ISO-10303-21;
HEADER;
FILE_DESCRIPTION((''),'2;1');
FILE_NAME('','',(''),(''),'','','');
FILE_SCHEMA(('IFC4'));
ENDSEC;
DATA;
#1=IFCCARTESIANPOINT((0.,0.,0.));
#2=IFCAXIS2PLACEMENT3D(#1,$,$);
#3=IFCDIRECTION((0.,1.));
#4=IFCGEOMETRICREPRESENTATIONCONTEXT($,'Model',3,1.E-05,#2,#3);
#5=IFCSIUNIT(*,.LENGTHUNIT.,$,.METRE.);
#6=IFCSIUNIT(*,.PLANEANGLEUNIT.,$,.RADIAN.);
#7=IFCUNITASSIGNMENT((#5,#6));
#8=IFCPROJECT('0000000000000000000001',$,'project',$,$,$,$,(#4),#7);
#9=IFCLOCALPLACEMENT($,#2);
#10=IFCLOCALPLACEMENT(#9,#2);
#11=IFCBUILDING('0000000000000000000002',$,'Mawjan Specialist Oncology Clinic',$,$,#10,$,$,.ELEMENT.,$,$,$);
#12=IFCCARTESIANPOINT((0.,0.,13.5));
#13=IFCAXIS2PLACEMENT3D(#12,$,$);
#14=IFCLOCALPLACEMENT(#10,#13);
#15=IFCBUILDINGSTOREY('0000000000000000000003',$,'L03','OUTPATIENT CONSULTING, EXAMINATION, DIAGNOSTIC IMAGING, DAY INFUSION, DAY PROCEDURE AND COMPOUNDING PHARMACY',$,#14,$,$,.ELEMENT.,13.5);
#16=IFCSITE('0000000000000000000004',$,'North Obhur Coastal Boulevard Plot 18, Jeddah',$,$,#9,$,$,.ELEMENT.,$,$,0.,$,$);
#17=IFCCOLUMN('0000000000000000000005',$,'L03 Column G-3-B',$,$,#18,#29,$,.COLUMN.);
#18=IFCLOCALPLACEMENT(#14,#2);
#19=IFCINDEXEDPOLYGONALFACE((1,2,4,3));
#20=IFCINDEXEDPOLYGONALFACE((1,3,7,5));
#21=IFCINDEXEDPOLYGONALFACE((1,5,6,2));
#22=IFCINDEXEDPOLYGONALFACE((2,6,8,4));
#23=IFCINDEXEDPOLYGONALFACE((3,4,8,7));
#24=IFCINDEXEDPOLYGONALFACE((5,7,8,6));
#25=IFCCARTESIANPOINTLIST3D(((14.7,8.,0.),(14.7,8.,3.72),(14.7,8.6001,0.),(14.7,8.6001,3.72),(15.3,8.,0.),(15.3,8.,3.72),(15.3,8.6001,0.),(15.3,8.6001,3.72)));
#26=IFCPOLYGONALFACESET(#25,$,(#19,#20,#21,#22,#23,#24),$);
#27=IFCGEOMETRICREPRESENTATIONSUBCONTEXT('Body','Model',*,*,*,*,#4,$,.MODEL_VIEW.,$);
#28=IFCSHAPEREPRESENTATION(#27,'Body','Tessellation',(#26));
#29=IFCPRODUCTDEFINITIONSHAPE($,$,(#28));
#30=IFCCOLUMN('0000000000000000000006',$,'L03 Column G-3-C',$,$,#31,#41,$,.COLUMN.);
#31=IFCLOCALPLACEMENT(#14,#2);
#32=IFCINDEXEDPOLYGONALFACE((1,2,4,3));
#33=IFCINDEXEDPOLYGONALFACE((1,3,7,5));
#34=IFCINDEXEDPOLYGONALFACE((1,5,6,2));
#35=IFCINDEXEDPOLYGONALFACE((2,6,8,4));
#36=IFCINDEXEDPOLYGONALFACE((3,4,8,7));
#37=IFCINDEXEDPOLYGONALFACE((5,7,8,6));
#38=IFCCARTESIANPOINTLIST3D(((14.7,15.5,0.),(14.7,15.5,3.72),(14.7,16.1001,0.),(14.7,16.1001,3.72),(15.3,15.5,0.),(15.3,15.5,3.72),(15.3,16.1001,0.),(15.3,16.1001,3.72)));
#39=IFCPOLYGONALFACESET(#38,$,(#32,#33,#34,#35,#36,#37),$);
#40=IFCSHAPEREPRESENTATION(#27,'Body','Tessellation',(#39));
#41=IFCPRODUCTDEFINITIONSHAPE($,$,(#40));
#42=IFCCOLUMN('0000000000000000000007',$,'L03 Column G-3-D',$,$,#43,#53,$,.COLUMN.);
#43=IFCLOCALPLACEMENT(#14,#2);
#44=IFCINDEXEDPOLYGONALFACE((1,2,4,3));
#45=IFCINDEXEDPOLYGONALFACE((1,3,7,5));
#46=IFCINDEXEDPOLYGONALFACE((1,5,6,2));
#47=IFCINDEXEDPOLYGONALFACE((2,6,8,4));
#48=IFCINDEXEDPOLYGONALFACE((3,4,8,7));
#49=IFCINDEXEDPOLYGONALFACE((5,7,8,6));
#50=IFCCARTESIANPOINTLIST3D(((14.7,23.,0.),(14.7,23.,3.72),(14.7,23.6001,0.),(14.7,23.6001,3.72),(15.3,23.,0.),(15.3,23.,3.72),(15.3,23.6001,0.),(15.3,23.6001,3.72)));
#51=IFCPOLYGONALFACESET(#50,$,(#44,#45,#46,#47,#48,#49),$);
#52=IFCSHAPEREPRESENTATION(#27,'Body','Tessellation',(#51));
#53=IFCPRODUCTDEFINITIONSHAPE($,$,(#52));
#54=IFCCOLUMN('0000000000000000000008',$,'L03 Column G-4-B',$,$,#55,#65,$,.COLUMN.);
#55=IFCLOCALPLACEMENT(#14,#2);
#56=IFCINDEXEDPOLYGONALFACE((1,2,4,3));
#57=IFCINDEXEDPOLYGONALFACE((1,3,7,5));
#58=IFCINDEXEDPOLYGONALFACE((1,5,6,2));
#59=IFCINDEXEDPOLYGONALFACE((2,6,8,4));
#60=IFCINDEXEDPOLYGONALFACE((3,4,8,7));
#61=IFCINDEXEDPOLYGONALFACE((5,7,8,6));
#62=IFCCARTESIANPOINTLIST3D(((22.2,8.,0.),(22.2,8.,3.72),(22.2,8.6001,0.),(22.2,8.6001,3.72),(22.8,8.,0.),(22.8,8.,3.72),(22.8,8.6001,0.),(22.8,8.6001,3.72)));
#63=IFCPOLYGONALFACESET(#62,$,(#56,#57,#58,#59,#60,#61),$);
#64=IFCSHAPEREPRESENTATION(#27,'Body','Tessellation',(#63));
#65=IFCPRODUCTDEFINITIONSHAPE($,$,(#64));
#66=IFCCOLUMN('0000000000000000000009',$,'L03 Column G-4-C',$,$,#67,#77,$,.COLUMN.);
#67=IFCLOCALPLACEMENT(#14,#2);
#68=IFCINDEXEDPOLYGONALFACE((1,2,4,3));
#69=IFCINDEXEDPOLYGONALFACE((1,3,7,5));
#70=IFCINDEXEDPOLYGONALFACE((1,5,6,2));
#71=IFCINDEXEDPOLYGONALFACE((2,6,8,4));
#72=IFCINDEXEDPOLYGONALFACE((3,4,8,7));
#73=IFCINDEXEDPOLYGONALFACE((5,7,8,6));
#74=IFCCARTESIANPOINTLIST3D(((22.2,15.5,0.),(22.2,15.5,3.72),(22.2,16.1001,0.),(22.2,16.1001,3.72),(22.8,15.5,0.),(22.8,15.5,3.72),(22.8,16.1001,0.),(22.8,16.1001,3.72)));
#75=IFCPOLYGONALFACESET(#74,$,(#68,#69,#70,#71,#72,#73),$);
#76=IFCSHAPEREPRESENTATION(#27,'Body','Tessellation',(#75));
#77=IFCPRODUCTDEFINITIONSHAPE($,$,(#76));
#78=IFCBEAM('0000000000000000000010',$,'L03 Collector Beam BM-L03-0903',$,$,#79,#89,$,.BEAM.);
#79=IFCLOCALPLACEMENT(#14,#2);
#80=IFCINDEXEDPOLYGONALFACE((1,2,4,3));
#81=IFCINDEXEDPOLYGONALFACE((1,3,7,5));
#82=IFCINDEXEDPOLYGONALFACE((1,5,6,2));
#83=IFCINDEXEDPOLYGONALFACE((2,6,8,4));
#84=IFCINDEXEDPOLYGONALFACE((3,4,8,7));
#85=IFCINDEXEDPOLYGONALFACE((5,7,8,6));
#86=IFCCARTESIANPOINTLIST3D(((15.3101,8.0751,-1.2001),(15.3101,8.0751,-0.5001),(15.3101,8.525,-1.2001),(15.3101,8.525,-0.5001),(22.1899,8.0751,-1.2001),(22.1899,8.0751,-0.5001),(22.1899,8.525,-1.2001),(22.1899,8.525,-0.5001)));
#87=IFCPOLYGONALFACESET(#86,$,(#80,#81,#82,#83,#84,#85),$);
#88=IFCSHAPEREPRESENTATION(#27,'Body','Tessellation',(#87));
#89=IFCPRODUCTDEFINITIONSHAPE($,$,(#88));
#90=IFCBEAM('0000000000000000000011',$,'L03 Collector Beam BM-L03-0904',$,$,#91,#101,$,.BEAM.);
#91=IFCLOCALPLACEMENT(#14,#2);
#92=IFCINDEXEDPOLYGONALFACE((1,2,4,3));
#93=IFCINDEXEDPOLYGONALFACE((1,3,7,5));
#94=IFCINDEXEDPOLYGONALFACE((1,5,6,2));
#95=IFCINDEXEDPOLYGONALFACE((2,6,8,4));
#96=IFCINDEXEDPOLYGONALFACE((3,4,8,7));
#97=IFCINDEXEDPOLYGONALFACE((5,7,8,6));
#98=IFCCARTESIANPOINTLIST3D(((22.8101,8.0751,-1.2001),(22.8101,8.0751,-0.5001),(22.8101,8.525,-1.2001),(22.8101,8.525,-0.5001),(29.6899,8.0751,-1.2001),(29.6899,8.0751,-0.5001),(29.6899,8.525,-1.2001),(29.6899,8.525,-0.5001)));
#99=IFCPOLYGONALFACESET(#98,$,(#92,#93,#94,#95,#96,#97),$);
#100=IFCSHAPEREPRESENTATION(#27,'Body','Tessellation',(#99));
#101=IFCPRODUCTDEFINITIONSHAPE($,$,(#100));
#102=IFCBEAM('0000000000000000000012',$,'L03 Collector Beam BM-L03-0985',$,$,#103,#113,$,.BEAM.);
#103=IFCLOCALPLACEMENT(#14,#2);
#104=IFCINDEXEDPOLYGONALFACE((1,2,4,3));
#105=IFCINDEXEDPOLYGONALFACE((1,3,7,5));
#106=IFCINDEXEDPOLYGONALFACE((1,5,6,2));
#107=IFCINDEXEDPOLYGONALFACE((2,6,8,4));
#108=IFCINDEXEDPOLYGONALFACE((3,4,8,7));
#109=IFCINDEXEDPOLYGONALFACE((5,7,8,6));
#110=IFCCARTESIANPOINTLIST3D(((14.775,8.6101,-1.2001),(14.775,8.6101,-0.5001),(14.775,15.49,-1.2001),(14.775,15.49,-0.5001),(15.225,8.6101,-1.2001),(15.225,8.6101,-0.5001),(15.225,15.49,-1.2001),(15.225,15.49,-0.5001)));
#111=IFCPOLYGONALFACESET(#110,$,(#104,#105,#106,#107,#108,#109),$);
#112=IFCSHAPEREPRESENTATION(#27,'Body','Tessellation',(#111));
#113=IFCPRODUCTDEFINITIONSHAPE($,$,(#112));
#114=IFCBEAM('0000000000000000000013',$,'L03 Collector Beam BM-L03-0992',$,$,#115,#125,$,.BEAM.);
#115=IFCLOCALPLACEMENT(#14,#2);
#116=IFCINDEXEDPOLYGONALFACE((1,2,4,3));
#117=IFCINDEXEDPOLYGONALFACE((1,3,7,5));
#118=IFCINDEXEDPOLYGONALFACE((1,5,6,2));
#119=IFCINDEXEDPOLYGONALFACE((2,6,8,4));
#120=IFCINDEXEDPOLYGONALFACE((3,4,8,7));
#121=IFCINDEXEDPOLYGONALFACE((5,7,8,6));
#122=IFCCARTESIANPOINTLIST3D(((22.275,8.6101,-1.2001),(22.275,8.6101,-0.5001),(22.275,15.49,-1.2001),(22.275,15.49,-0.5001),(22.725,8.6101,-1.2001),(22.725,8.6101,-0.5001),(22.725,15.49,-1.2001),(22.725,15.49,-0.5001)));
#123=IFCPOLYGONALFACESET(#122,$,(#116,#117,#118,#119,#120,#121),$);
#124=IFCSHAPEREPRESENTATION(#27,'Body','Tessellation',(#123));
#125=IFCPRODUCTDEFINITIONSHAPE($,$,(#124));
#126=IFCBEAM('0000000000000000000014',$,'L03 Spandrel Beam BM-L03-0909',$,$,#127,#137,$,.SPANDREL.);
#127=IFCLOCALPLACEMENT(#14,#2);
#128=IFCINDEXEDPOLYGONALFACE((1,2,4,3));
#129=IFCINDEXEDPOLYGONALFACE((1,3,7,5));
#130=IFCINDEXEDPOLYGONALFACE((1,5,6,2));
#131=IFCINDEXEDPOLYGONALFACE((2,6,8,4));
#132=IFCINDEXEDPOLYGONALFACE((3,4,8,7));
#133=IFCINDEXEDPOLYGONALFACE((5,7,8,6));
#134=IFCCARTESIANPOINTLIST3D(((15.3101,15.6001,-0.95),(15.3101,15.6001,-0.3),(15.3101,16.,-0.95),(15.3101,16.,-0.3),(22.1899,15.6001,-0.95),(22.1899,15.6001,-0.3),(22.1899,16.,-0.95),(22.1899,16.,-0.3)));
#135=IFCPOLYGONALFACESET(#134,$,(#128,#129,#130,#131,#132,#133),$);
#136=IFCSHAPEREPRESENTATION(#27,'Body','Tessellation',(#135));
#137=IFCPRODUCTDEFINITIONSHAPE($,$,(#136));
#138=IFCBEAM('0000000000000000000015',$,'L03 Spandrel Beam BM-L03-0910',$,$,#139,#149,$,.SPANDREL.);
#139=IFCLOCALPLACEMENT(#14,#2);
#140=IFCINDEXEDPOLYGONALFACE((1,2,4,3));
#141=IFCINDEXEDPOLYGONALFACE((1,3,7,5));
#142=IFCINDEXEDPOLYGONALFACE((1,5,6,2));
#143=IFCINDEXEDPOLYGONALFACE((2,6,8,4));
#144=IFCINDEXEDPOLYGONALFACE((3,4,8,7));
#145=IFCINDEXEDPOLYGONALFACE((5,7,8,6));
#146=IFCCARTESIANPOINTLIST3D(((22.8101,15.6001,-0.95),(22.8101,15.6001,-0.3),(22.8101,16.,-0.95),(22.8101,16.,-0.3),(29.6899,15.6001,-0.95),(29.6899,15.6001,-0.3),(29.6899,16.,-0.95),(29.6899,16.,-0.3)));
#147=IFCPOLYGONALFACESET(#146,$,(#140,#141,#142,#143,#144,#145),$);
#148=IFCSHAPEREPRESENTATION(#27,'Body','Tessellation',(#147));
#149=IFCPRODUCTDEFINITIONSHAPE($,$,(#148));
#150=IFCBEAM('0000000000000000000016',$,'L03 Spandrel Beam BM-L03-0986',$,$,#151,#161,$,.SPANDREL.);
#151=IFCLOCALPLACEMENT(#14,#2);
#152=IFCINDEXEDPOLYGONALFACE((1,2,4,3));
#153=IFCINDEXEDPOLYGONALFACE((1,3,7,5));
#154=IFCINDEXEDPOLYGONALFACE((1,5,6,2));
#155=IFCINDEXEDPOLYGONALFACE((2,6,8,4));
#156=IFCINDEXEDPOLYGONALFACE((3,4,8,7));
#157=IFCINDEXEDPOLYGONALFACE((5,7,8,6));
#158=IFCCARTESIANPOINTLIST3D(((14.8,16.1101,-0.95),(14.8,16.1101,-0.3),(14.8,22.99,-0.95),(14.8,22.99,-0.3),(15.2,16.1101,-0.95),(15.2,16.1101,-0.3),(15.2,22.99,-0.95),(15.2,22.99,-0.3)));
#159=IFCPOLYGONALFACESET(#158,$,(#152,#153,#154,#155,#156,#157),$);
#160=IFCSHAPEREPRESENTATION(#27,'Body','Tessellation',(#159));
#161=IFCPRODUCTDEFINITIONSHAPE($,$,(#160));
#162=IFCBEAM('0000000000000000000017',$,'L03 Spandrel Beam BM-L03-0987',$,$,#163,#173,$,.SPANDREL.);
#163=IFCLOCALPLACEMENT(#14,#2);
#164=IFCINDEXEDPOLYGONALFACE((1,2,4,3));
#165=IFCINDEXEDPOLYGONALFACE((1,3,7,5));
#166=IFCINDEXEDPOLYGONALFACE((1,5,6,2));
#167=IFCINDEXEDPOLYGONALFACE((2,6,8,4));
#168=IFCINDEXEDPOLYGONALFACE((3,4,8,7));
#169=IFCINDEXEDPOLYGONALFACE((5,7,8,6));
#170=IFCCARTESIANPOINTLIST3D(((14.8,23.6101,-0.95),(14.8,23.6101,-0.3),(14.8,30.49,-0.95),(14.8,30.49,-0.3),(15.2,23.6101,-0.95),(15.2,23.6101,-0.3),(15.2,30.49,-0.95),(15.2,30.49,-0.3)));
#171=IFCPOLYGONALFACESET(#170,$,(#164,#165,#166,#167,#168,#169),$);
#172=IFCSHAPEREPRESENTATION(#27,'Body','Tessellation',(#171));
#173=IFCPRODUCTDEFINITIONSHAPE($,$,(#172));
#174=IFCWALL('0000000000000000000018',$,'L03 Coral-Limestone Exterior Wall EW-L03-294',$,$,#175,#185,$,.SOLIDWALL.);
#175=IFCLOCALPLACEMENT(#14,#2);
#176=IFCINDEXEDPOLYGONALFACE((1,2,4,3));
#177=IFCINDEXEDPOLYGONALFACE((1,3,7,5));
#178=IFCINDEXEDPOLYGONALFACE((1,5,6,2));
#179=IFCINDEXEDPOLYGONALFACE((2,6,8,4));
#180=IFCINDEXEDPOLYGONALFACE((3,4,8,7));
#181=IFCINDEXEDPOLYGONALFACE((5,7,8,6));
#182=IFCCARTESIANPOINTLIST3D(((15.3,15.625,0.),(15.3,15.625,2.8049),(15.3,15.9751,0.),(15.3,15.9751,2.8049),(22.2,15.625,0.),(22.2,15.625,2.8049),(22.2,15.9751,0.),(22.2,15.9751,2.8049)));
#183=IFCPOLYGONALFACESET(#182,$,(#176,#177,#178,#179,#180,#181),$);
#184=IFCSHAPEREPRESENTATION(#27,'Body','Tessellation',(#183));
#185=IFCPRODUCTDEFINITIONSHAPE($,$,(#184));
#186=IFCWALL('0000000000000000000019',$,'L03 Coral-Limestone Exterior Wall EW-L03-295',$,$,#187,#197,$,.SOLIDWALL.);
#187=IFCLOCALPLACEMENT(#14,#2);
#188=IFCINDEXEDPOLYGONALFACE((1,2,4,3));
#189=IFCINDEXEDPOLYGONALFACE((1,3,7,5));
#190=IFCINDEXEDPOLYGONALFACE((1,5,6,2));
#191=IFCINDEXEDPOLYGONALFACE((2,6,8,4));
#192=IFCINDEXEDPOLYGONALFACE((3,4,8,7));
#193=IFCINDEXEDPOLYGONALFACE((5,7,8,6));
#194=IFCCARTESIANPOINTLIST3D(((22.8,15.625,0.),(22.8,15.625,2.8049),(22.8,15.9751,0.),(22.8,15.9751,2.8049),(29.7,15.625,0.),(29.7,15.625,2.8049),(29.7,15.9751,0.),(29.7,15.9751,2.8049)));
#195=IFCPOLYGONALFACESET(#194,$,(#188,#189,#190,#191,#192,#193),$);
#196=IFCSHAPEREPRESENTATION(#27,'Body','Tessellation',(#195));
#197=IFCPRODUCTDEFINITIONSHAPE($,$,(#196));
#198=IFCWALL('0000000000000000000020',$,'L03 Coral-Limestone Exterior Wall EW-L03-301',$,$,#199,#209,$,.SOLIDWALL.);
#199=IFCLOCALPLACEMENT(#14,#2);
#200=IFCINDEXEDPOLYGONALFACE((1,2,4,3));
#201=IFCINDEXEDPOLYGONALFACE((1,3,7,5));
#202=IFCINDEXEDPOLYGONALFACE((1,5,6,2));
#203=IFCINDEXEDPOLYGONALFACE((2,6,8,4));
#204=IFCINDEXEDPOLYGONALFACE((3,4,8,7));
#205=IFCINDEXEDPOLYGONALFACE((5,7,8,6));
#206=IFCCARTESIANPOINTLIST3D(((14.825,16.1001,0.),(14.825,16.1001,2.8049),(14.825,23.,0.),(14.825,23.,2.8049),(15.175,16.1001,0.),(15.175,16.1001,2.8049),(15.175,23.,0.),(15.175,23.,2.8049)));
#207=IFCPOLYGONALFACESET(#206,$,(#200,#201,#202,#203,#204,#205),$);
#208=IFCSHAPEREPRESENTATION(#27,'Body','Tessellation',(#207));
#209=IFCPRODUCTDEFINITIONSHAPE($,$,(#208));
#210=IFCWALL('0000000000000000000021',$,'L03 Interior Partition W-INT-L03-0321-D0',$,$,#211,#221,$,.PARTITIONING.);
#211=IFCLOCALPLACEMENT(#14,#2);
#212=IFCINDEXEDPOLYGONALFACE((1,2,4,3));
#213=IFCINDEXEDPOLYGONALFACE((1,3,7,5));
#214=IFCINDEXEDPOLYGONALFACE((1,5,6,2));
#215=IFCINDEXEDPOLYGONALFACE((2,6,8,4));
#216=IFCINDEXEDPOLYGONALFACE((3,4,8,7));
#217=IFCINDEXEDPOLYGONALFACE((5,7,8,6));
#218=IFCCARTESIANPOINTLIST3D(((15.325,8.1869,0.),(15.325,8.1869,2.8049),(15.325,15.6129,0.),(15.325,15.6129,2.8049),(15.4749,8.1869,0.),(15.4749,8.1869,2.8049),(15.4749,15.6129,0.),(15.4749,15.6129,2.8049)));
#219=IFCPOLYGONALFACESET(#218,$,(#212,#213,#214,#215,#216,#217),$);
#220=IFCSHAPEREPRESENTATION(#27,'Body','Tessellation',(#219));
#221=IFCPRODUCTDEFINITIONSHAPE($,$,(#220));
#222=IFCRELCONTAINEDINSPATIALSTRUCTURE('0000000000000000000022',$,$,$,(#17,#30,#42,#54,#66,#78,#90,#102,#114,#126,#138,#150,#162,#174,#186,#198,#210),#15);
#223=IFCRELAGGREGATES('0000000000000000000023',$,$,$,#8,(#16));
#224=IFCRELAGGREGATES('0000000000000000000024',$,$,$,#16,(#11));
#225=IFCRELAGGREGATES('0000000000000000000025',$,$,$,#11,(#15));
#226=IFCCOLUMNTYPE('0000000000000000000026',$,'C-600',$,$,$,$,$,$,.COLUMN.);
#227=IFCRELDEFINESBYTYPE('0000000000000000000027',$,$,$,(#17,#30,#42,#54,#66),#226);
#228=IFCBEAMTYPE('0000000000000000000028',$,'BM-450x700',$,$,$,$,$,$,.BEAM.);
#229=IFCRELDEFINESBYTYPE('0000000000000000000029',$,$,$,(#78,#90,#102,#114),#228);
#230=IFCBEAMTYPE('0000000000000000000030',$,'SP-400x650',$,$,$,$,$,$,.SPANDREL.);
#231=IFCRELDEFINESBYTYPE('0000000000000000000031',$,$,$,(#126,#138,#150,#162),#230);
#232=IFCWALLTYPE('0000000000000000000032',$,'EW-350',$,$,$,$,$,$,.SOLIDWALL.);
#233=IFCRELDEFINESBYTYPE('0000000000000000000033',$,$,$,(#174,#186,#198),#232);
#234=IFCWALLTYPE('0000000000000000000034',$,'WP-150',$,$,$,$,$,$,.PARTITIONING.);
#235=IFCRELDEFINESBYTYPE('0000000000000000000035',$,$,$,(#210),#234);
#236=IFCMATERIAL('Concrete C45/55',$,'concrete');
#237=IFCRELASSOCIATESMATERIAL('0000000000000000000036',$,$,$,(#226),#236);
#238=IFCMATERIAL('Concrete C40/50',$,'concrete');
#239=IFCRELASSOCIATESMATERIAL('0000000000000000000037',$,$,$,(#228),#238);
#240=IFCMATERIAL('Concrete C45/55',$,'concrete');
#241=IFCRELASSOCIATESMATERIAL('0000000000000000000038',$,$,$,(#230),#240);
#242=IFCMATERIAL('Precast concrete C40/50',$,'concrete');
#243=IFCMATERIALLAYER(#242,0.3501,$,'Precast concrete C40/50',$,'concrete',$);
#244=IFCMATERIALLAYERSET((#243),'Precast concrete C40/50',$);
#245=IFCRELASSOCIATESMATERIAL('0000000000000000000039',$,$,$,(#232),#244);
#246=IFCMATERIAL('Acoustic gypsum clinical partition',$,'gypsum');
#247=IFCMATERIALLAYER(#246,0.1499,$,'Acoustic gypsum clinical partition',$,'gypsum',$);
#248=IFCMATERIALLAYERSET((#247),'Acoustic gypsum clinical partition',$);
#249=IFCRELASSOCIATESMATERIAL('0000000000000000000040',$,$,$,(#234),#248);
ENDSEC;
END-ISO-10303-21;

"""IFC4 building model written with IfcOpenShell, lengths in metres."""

from ifc_helpers import new_model, si_unit, direction, frame, frame_2d, origin, origin_2d, place, context, subcontext, project, spatial, rectangle, extrude, material, layer, layer_set, material_profile, profile_set, type_object, element, save


model = new_model("IFC4")

# Units and contexts
model_context = context("Model", 3, precision=1e-05, world=origin(), true_north=direction((0.0, 1.0)))
body_context = subcontext(model_context, "Body", "Model", "MODEL_VIEW")
ifc_project = project(units=[si_unit("LENGTHUNIT", "METRE"), si_unit("PLANEANGLEUNIT", "RADIAN")], contexts=[model_context])

# Site, building, storey
site_placement = place(None, origin())
site = spatial("IfcSite", under=ifc_project, at=site_placement, Name="North Obhur Coastal Boulevard Plot 18, Jeddah", CompositionType="ELEMENT", RefElevation=0.0)
building_placement = place(site_placement, origin())
building = spatial("IfcBuilding", under=site, at=building_placement, Name="Mawjan Specialist Oncology Clinic", CompositionType="ELEMENT")
storey_placement = place(building_placement, frame((0.0, 0.0, 13.5)))
storey = spatial("IfcBuildingStorey", under=building, at=storey_placement, Name="L03", Description="OUTPATIENT CONSULTING, EXAMINATION, DIAGNOSTIC IMAGING, DAY INFUSION, DAY PROCEDURE AND COMPOUNDING PHARMACY", CompositionType="ELEMENT", Elevation=13.5)

# Columns
ifc_material_1 = material(Name="Concrete C45/55", Category="concrete")
ifc_material_profile_1 = material_profile(ifc_material_1, rectangle(XDim=0.6001, YDim=0.6001, at=origin_2d()), Name="RC COL 600x600", Category="concrete")
ifc_profile_set_1 = profile_set([ifc_material_profile_1], Name="Concrete C45/55")
column_type = type_object("IfcColumnType", Name="C-600", PredefinedType="COLUMN", material=ifc_profile_set_1)
for number, where, z_axis, x_axis, name in (
    (1, (15.0, 8.3, 0.0), (0.0, 0.0, 1.0), (1.0, 0.0, 0.0), "L03 Column G-3-B"),
    (2, (15.0, 15.8, 0.0), (0.0, 0.0, 1.0), (1.0, 0.0, 0.0), "L03 Column G-3-C"),
    (3, (15.0, 23.3, 0.0), (0.0, 0.0, 1.0), (1.0, 0.0, 0.0), "L03 Column G-3-D"),
    (4, (22.5, 8.3, 0.0), (0.0, 0.0, 1.0), (1.0, 0.0, 0.0), "L03 Column G-4-B"),
    (5, (22.5, 15.8, 0.0), (0.0, 0.0, 1.0), (1.0, 0.0, 0.0), "L03 Column G-4-C"),
):
    element("IfcColumn", number, at=place(storey_placement, frame(where, z_axis=z_axis, x_axis=x_axis)), inside=storey, type_object=column_type, Name=name, PredefinedType="COLUMN", context=body_context, shape_type="SweptSolid", body=[
        extrude(rectangle(XDim=0.6001, YDim=0.6001, at=origin_2d()), origin(), (0.0, 0.0, 1.0), 3.72),
    ])

# Beams
ifc_material_2 = material(Name="Concrete C40/50", Category="concrete")
ifc_material_profile_2 = material_profile(ifc_material_2, rectangle(XDim=0.45, YDim=0.7, at=origin_2d()), Name="RC BM 450x700", Category="concrete")
ifc_profile_set_2 = profile_set([ifc_material_profile_2], Name="Concrete C40/50")
beam_type_1 = type_object("IfcBeamType", Name="BM-450x700", PredefinedType="BEAM", material=ifc_profile_set_2)
for number, where, z_axis, x_axis, name in (
    (6, (15.3101, 8.3, -0.8501), (1.0, 0.0, 0.0), (0.0, 1.0, 0.0), "L03 Collector Beam BM-L03-0903"),
    (7, (22.8101, 8.3, -0.8501), (1.0, 0.0, 0.0), (0.0, 1.0, 0.0), "L03 Collector Beam BM-L03-0904"),
    (8, (15.0, 8.6101, -0.8501), (0.0, 1.0, 0.0), (-1.0, 0.0, 0.0), "L03 Collector Beam BM-L03-0985"),
    (9, (22.5, 8.6101, -0.8501), (0.0, 1.0, 0.0), (-1.0, 0.0, 0.0), "L03 Collector Beam BM-L03-0992"),
):
    element("IfcBeam", number, at=place(storey_placement, frame(where, z_axis=z_axis, x_axis=x_axis)), inside=storey, type_object=beam_type_1, Name=name, PredefinedType="BEAM", context=body_context, shape_type="SweptSolid", body=[
        extrude(rectangle(XDim=0.45, YDim=0.7, at=origin_2d()), origin(), (0.0, 0.0, 1.0), 6.8799),
    ])
ifc_material_3 = material(Name="Concrete C45/55", Category="concrete")
ifc_material_profile_3 = material_profile(ifc_material_3, rectangle(XDim=0.3999, YDim=0.6499, at=origin_2d()), Name="RC BM 400x650", Category="concrete")
ifc_profile_set_3 = profile_set([ifc_material_profile_3], Name="Concrete C45/55")
beam_type_2 = type_object("IfcBeamType", Name="SP-400x650", PredefinedType="SPANDREL", material=ifc_profile_set_3)
for number, where, z_axis, x_axis, name in (
    (10, (15.3101, 15.8, -0.625), (1.0, 0.0, 0.0), (0.0, 1.0, 0.0), "L03 Spandrel Beam BM-L03-0909"),
    (11, (22.8101, 15.8, -0.625), (1.0, 0.0, 0.0), (0.0, 1.0, 0.0), "L03 Spandrel Beam BM-L03-0910"),
    (12, (15.0, 16.1101, -0.625), (0.0, 1.0, 0.0), (-1.0, 0.0, 0.0), "L03 Spandrel Beam BM-L03-0986"),
    (13, (15.0, 23.6101, -0.625), (0.0, 1.0, 0.0), (-1.0, 0.0, 0.0), "L03 Spandrel Beam BM-L03-0987"),
):
    element("IfcBeam", number, at=place(storey_placement, frame(where, z_axis=z_axis, x_axis=x_axis)), inside=storey, type_object=beam_type_2, Name=name, PredefinedType="SPANDREL", context=body_context, shape_type="SweptSolid", body=[
        extrude(rectangle(XDim=0.3999, YDim=0.6499, at=origin_2d()), origin(), (0.0, 0.0, 1.0), 6.8799),
    ])

# Walls
ifc_material_4 = material(Name="Precast concrete C40/50", Category="concrete")
ifc_layer_1 = layer(ifc_material_4, 0.3501, Name="Precast concrete C40/50", Category="concrete")
ifc_layer_set_1 = layer_set([ifc_layer_1], Name="Precast concrete C40/50")
wall_type_1 = type_object("IfcWallType", Name="EW-350", PredefinedType="SOLIDWALL", material=ifc_layer_set_1)
for number, where, z_axis, x_axis, name in (
    (14, (15.3, 15.8, 0.0), (0.0, 0.0, 1.0), (1.0, 0.0, 0.0), "L03 Coral-Limestone Exterior Wall EW-L03-294"),
    (15, (22.8, 15.8, 0.0), (0.0, 0.0, 1.0), (1.0, 0.0, 0.0), "L03 Coral-Limestone Exterior Wall EW-L03-295"),
    (16, (15.0, 23.0, 0.0), (0.0, 0.0, 1.0), (0.0, -1.0, 0.0), "L03 Coral-Limestone Exterior Wall EW-L03-301"),
):
    element("IfcWall", number, at=place(storey_placement, frame(where, z_axis=z_axis, x_axis=x_axis)), inside=storey, type_object=wall_type_1, Name=name, PredefinedType="SOLIDWALL", context=body_context, shape_type="SweptSolid", body=[
        extrude(rectangle(XDim=6.8999, YDim=0.3501, at=frame_2d((3.45, 0.0))), origin(), (0.0, 0.0, 1.0), 2.8049),
    ])
ifc_material_5 = material(Name="Acoustic gypsum clinical partition", Category="gypsum")
ifc_layer_2 = layer(ifc_material_5, 0.1499, Name="Acoustic gypsum clinical partition", Category="gypsum")
ifc_layer_set_2 = layer_set([ifc_layer_2], Name="Acoustic gypsum clinical partition")
wall_type_2 = type_object("IfcWallType", Name="WP-150", PredefinedType="PARTITIONING", material=ifc_layer_set_2)
wall_1_placement = place(storey_placement, frame((15.3999, 8.187, 0.0), z_axis=(0.0, 0.0, 1.0), x_axis=(0.0, 1.0, 0.0)))
element("IfcWall", 17, at=wall_1_placement, inside=storey, type_object=wall_type_2, Name="L03 Interior Partition W-INT-L03-0321-D0", PredefinedType="PARTITIONING", context=body_context, shape_type="SweptSolid", body=[
    extrude(rectangle(XDim=7.426, YDim=0.1499, at=frame_2d((3.7129, 0.0))), origin(), (0.0, 0.0, 1.0), 2.8049),
])

save(model, "model.ifc")
